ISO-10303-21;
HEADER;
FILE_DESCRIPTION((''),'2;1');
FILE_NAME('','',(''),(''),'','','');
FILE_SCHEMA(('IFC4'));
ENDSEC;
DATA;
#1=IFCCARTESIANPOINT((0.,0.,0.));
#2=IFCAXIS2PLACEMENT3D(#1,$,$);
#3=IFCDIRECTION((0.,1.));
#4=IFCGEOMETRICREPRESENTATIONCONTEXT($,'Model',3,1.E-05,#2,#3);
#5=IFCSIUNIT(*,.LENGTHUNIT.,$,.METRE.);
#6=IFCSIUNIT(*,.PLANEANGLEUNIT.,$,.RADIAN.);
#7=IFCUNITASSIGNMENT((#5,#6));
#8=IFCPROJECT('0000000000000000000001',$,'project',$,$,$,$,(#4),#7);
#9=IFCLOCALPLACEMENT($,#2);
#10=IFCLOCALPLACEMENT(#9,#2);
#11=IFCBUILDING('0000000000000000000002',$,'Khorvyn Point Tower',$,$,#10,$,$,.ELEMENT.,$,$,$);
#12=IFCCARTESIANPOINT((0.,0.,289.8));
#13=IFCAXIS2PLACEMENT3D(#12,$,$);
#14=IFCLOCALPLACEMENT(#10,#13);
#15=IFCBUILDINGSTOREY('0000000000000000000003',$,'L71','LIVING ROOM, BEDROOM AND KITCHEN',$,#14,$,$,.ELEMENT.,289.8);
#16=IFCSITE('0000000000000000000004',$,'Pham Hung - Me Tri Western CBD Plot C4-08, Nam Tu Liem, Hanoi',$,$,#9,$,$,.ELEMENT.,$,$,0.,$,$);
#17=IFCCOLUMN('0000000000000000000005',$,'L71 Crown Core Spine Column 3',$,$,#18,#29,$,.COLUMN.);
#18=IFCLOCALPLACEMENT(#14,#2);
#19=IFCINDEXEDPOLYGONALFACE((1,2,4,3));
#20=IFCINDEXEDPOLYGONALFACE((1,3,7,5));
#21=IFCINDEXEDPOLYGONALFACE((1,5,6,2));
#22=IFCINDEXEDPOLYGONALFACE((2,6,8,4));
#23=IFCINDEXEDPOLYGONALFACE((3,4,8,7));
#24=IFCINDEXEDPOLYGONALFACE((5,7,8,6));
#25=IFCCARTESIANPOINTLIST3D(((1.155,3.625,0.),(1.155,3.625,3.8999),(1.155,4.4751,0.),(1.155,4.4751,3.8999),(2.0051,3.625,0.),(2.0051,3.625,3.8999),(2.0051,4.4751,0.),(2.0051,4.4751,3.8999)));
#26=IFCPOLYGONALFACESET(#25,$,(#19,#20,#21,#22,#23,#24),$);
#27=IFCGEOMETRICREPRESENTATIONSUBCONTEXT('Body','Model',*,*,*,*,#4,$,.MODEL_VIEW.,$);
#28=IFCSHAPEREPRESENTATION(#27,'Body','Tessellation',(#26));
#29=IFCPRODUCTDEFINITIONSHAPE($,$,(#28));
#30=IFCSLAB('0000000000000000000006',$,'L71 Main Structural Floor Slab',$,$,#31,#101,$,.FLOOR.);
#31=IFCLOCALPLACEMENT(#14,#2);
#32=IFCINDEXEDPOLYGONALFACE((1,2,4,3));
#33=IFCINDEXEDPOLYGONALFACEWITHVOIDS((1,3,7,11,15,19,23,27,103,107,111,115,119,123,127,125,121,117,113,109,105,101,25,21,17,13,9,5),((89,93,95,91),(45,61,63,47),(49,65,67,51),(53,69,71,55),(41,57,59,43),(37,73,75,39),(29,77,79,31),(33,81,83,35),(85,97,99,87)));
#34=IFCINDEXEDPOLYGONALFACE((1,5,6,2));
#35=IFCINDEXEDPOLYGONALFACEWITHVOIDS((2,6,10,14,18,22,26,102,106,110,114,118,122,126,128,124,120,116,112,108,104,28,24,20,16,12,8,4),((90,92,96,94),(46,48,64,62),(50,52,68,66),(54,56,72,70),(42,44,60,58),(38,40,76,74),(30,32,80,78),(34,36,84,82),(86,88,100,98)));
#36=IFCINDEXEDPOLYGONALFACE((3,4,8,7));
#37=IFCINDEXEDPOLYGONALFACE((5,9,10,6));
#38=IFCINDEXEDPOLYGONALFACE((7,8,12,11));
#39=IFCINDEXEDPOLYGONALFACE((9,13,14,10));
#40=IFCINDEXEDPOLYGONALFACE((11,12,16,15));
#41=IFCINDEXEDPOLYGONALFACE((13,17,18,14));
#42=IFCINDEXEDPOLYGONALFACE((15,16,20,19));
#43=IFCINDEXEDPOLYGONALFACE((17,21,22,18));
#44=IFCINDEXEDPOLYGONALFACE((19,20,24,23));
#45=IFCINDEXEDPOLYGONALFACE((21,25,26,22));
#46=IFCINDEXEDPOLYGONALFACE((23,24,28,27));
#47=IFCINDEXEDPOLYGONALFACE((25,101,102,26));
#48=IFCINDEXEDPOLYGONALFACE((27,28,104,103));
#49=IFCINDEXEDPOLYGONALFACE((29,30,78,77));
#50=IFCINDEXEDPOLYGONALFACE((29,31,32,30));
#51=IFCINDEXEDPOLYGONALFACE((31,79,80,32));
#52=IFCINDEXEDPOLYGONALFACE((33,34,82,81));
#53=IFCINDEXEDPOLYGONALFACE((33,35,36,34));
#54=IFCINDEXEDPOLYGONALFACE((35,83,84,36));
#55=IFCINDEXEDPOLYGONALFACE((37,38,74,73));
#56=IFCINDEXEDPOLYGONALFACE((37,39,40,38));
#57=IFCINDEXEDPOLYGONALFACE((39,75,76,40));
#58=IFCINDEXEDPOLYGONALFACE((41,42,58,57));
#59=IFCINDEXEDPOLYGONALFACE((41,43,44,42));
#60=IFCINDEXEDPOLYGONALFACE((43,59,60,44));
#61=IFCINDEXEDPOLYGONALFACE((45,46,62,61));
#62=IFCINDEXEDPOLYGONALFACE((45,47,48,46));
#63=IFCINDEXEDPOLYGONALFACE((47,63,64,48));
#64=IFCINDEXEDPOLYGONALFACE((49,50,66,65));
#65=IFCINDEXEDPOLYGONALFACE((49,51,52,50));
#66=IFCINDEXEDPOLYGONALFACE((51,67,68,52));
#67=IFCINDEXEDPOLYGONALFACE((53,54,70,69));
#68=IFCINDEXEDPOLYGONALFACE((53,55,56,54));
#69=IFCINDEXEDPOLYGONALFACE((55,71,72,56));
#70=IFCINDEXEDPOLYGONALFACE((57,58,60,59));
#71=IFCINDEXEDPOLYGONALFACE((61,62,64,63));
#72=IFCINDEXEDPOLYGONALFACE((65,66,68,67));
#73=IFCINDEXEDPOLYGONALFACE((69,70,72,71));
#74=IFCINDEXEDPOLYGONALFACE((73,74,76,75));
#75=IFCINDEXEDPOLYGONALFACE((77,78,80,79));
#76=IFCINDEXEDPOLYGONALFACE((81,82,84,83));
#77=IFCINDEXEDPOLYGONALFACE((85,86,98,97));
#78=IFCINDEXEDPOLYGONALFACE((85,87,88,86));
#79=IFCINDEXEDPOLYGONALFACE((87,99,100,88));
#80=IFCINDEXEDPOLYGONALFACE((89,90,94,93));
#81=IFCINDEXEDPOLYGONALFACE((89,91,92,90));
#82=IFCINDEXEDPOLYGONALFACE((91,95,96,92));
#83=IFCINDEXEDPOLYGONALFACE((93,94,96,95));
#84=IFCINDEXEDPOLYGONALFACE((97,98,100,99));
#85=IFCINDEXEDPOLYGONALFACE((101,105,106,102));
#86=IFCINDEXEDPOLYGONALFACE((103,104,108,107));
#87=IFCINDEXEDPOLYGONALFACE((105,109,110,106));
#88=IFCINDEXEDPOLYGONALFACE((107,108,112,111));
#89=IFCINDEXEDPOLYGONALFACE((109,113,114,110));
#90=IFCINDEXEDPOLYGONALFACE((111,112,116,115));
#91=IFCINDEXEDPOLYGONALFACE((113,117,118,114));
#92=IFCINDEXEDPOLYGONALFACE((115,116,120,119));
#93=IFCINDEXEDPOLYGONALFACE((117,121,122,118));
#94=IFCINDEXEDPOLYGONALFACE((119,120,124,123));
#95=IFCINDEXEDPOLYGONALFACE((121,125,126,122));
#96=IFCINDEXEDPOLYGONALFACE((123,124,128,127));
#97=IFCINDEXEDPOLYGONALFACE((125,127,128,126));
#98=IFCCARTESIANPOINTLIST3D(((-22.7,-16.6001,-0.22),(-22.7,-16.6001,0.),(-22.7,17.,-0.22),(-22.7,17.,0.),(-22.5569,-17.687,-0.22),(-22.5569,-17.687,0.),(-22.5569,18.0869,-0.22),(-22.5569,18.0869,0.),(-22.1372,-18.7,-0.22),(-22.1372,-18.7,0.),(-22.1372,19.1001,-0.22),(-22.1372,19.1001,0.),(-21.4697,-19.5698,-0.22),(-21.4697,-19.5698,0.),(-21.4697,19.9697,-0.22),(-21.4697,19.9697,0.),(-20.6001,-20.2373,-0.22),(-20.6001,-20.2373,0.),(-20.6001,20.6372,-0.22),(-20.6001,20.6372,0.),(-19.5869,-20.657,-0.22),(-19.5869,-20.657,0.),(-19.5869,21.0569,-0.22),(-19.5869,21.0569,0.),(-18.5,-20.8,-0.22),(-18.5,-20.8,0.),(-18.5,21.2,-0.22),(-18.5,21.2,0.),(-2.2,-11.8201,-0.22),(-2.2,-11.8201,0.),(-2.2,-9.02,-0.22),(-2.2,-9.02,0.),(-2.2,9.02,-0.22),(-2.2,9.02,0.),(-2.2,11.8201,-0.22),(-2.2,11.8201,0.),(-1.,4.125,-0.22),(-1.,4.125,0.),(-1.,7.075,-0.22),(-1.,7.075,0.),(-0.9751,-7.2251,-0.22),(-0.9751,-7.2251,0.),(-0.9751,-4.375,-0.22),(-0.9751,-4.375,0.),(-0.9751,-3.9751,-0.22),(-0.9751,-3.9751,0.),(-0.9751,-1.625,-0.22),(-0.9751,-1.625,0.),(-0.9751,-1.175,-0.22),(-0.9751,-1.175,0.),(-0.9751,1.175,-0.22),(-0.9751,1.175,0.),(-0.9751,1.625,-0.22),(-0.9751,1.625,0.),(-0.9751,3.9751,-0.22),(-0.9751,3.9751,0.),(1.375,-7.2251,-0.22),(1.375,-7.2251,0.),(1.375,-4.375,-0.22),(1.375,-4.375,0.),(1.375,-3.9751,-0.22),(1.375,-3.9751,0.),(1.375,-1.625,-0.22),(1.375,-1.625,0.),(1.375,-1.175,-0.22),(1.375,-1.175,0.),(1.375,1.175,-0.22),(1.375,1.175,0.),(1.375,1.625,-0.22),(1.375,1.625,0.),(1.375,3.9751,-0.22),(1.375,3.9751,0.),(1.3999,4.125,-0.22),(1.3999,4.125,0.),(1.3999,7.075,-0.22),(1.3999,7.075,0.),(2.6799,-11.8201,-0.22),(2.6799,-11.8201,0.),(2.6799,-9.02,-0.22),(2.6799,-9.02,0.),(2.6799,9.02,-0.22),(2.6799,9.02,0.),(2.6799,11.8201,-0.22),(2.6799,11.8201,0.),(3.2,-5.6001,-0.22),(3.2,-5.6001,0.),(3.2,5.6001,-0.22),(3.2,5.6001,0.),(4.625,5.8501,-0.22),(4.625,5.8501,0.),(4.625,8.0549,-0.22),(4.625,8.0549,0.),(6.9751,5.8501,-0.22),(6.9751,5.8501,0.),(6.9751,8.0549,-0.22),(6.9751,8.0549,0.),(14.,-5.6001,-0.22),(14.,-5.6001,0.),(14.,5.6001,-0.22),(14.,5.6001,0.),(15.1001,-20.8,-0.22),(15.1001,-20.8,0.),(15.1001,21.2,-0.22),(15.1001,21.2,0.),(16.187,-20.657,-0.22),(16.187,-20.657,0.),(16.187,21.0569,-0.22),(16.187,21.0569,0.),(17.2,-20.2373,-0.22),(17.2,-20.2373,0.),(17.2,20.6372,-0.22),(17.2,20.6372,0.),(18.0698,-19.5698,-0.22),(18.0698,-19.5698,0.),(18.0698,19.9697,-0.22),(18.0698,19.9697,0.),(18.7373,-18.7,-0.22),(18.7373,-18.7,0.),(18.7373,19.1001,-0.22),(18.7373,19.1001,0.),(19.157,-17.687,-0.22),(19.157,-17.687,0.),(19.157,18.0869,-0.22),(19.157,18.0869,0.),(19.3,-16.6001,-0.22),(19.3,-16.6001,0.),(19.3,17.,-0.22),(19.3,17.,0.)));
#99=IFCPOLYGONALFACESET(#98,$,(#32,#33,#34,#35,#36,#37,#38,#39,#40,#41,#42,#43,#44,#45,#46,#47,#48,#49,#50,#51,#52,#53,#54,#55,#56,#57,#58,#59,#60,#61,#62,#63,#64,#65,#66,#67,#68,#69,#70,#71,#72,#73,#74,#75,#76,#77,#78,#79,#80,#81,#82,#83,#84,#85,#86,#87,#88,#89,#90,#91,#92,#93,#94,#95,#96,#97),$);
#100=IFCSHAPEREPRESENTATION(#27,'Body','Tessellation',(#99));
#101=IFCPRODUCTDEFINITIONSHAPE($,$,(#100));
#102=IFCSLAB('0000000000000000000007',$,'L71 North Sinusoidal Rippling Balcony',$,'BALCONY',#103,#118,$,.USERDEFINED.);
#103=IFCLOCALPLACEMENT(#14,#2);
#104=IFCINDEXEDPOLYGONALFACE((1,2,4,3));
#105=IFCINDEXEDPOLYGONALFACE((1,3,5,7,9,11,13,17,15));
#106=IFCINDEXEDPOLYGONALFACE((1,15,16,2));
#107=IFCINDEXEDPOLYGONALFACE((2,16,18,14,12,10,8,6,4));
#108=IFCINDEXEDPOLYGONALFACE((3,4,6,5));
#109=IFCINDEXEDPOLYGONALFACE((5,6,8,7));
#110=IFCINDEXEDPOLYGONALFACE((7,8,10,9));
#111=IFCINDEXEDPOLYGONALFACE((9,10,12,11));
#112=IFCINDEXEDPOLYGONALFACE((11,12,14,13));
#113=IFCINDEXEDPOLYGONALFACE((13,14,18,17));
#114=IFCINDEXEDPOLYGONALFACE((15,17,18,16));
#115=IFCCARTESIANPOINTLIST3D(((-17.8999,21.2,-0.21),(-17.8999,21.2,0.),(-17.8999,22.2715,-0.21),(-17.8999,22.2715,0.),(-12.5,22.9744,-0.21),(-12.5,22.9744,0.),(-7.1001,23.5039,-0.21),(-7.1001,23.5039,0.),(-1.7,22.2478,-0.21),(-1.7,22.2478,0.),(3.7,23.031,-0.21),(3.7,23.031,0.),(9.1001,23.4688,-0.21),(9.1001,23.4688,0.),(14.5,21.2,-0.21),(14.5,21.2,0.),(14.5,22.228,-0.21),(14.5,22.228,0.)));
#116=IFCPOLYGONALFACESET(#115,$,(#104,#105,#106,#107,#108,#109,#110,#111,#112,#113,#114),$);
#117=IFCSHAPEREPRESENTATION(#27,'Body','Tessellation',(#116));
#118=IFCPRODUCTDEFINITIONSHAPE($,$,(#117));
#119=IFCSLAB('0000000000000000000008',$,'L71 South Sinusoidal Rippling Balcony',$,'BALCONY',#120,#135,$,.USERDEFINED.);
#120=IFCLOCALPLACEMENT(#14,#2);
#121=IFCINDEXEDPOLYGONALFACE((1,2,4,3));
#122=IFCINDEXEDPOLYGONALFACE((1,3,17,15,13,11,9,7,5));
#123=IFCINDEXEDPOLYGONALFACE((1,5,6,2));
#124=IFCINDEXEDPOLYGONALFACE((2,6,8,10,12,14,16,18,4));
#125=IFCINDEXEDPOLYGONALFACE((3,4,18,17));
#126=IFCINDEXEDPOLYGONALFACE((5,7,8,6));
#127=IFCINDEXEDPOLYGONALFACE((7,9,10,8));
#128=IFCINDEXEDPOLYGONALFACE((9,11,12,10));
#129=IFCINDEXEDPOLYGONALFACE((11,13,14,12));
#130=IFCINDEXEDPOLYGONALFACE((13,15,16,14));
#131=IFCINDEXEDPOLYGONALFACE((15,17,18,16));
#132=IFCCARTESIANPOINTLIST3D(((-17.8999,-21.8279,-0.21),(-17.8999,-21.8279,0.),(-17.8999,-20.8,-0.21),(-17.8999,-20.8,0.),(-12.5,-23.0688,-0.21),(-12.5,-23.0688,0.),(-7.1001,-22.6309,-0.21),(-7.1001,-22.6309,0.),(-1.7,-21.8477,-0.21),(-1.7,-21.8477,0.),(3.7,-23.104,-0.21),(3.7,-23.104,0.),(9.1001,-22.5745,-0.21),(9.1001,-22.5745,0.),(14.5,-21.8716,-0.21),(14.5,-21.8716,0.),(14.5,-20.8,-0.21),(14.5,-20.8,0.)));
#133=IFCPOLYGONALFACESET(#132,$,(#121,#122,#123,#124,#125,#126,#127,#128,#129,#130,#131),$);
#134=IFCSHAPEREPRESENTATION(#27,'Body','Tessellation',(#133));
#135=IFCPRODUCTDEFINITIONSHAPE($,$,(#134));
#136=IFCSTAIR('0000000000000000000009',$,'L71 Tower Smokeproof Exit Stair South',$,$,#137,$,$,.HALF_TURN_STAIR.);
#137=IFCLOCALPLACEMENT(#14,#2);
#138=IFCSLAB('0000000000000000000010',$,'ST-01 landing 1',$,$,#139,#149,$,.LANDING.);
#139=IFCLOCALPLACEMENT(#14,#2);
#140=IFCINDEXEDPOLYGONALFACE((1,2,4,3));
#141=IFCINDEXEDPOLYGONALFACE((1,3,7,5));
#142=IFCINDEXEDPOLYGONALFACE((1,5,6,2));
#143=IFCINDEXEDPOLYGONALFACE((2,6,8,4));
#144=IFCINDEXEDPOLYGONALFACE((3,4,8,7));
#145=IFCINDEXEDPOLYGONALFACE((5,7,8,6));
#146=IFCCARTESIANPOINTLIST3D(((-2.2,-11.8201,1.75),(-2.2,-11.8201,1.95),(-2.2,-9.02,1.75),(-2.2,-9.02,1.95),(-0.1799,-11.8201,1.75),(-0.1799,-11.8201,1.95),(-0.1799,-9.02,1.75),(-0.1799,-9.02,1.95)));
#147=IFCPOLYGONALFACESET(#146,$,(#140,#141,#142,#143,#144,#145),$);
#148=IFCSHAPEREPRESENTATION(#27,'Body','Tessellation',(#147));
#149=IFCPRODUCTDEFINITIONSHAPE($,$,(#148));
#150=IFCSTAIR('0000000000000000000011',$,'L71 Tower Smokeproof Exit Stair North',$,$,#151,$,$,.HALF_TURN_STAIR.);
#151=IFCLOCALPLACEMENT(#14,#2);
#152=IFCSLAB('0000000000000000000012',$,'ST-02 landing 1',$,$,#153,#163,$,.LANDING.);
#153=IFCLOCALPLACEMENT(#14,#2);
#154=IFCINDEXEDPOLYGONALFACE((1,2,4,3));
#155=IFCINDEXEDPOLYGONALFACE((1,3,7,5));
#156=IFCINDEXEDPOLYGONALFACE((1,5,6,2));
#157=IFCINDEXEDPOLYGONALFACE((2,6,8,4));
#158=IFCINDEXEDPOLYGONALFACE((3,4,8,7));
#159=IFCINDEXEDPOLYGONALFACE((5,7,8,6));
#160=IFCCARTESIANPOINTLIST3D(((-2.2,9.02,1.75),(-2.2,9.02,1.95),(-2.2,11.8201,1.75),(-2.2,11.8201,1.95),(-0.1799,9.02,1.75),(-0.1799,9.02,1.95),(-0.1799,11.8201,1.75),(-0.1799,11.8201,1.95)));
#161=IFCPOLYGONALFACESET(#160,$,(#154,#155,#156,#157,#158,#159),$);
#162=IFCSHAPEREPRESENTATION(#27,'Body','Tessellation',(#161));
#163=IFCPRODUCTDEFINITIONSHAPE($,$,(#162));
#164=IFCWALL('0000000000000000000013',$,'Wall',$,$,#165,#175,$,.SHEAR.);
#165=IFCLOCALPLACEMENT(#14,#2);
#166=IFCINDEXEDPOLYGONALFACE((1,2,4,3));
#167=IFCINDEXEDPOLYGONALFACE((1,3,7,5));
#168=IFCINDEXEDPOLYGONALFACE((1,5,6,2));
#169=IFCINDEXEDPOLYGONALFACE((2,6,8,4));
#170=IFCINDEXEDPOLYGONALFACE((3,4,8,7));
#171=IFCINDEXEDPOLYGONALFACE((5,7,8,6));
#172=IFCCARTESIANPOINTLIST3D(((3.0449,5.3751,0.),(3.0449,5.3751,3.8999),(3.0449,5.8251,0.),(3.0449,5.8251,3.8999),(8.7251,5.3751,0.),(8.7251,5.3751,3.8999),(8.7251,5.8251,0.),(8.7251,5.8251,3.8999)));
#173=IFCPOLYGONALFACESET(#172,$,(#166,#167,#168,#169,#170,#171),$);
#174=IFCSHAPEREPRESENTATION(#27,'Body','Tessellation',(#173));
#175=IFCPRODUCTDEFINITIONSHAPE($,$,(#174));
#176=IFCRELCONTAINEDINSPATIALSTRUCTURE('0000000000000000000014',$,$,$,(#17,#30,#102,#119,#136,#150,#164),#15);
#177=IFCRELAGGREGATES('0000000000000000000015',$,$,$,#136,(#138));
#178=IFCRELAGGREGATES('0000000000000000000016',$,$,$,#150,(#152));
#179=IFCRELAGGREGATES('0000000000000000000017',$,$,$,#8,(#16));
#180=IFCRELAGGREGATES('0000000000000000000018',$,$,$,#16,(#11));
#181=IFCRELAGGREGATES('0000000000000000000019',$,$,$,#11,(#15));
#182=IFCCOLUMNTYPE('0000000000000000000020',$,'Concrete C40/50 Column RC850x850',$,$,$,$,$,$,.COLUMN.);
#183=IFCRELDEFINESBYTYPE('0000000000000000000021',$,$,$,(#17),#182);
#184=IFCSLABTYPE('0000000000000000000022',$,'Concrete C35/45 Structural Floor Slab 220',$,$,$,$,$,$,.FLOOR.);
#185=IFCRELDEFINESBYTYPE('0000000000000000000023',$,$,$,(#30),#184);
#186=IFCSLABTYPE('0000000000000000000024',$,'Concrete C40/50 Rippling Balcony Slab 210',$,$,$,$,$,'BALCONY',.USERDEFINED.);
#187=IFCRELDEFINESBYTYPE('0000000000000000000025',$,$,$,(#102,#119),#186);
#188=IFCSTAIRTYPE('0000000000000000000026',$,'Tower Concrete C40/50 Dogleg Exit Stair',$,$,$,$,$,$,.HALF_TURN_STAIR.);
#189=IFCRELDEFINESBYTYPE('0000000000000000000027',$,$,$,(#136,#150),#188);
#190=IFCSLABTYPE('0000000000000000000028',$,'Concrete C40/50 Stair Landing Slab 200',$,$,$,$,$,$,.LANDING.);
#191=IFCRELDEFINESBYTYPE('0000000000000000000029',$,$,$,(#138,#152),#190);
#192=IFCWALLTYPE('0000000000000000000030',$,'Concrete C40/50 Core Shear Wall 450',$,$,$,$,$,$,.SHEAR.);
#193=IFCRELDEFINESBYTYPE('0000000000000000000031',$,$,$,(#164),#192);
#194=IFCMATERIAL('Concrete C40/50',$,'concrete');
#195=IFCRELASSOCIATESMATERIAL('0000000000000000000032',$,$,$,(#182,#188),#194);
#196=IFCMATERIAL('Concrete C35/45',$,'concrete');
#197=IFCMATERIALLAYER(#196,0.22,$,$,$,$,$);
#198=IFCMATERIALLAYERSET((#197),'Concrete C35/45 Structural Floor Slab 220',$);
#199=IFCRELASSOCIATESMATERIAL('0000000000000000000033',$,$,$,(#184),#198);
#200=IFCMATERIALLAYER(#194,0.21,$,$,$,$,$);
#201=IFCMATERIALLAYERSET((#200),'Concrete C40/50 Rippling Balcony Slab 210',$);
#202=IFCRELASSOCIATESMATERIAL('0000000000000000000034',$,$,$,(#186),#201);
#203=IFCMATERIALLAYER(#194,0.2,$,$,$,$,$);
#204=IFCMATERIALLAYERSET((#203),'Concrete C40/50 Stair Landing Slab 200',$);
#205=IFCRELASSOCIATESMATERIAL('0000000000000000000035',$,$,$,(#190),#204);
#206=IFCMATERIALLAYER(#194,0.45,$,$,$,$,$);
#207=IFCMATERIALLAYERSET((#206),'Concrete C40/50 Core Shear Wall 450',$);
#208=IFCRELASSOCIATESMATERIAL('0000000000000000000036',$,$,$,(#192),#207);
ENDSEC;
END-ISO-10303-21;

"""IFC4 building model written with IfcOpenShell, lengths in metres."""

from ifc_helpers import new_model, si_unit, direction, frame, frame_2d, origin, origin_2d, place, context, subcontext, project, spatial, polyline, rectangle, outline, extrude, material, layer, layer_set, material_profile, profile_set, type_object, element, aggregate, save


model = new_model("IFC4")

# Units and contexts
model_context = context("Model", 3, precision=1e-05, world=origin(), true_north=direction((0.0, 1.0)))
body_context = subcontext(model_context, "Body", "Model", "MODEL_VIEW")
ifc_project = project(units=[si_unit("LENGTHUNIT", "METRE"), si_unit("PLANEANGLEUNIT", "RADIAN")], contexts=[model_context])

# Site, building, storey
site_placement = place(None, origin())
site = spatial("IfcSite", under=ifc_project, at=site_placement, Name="Pham Hung - Me Tri Western CBD Plot C4-08, Nam Tu Liem, Hanoi", CompositionType="ELEMENT", RefElevation=0.0)
building_placement = place(site_placement, origin())
building = spatial("IfcBuilding", under=site, at=building_placement, Name="Khorvyn Point Tower", CompositionType="ELEMENT")
storey_placement = place(building_placement, frame((0.0, 0.0, 289.8)))
storey = spatial("IfcBuildingStorey", under=building, at=storey_placement, Name="L71", Description="LIVING ROOM, BEDROOM AND KITCHEN", CompositionType="ELEMENT", Elevation=289.8)

# Column
ifc_material_1 = material(Name="Concrete C40/50", Category="concrete")
ifc_material_profile = material_profile(ifc_material_1, rectangle(XDim=0.8501, YDim=0.8501, at=origin_2d()))
ifc_profile_set = profile_set([ifc_material_profile], Name="Concrete C40/50 RC850x850")
column_type = type_object("IfcColumnType", Name="Concrete C40/50 Column RC850x850", PredefinedType="COLUMN", material=ifc_profile_set)
column_placement = place(storey_placement, frame((1.5801, 4.05, 0.0), z_axis=(0.0, 0.0, 1.0), x_axis=(1.0, 0.0, 0.0)))
element("IfcColumn", 1, at=column_placement, inside=storey, type_object=column_type, Name="L71 Crown Core Spine Column 3", PredefinedType="COLUMN", context=body_context, shape_type="SweptSolid", body=[
    extrude(rectangle(XDim=0.8501, YDim=0.8501, at=origin_2d()), origin(), (0.0, 0.0, 1.0), 3.8999),
])

# Slabs
ifc_material_2 = material(Name="Concrete C35/45", Category="concrete")
ifc_layer_1 = layer(ifc_material_2, 0.22)
ifc_layer_set_1 = layer_set([ifc_layer_1], Name="Concrete C35/45 Structural Floor Slab 220")
slab_type_1 = type_object("IfcSlabType", Name="Concrete C35/45 Structural Floor Slab 220", PredefinedType="FLOOR", material=ifc_layer_set_1)
slab_1_placement = place(storey_placement, frame((0.0, 0.0, -0.22)))
element("IfcSlab", 2, at=slab_1_placement, inside=storey, type_object=slab_type_1, Name="L71 Main Structural Floor Slab", PredefinedType="FLOOR", context=body_context, shape_type="SweptSolid", body=[
    extrude(outline(polyline([(-18.5, -20.8), (-19.5869, -20.657), (-20.6001, -20.2373), (-21.4697, -19.5698), (-22.1372, -18.7), (-22.5569, -17.687), (-22.7, -16.6001), (-22.7, 17.0), (-22.5569, 18.0869), (-22.1372, 19.1001), (-21.4697, 19.9697), (-20.6001, 20.6372), (-19.5869, 21.0569), (-18.5, 21.2), (15.1001, 21.2), (16.187, 21.0569), (17.2, 20.6372), (18.0698, 19.9697), (18.7373, 19.1001), (19.157, 18.0869), (19.3, 17.0), (19.3, -16.6001), (19.157, -17.687), (18.7373, -18.7), (18.0698, -19.5698), (17.2, -20.2373), (16.187, -20.657), (15.1001, -20.8), (-18.5, -20.8)]), holes=[polyline([(2.6799, -11.8201), (2.6799, -9.02), (-2.2, -9.02), (-2.2, -11.8201), (2.6799, -11.8201)]), polyline([(1.375, -7.2251), (1.375, -4.375), (-0.9751, -4.375), (-0.9751, -7.2251), (1.375, -7.2251)]), polyline([(1.375, -3.9751), (1.375, -1.625), (-0.9751, -1.625), (-0.9751, -3.9751), (1.375, -3.9751)]), polyline([(1.375, -1.175), (1.375, 1.175), (-0.9751, 1.175), (-0.9751, -1.175), (1.375, -1.175)]), polyline([(14.0, -5.6001), (14.0, 5.6001), (3.2, 5.6001), (3.2, -5.6001), (14.0, -5.6001)]), polyline([(1.375, 1.625), (1.375, 3.9751), (-0.9751, 3.9751), (-0.9751, 1.625), (1.375, 1.625)]), polyline([(1.3999, 4.125), (1.3999, 7.075), (-1.0, 7.075), (-1.0, 4.125), (1.3999, 4.125)]), polyline([(4.625, 5.8501), (6.9751, 5.8501), (6.9751, 8.0549), (4.625, 8.0549), (4.625, 5.8501)]), polyline([(-2.2, 9.02), (2.6799, 9.02), (2.6799, 11.8201), (-2.2, 11.8201), (-2.2, 9.02)])]), origin(), (0.0, 0.0, 1.0), 0.22),
])
ifc_layer_2 = layer(ifc_material_1, 0.21)
ifc_layer_set_2 = layer_set([ifc_layer_2], Name="Concrete C40/50 Rippling Balcony Slab 210")
slab_type_2 = type_object("IfcSlabType", Name="Concrete C40/50 Rippling Balcony Slab 210", ElementType="BALCONY", PredefinedType="USERDEFINED", material=ifc_layer_set_2)
slab_2_placement = place(storey_placement, frame((0.0, 0.0, -0.21)))
element("IfcSlab", 3, at=slab_2_placement, inside=storey, type_object=slab_type_2, Name="L71 North Sinusoidal Rippling Balcony", ObjectType="BALCONY", PredefinedType="USERDEFINED", context=body_context, shape_type="SweptSolid", body=[
    extrude(outline(polyline([(14.5, 21.2), (14.5, 22.228), (9.1001, 23.4688), (3.7, 23.031), (-1.7, 22.2478), (-7.1001, 23.5039), (-12.5, 22.9744), (-17.8999, 22.2715), (-17.8999, 21.2), (14.5, 21.2)])), origin(), (0.0, 0.0, 1.0), 0.21),
])
slab_3_placement = place(storey_placement, frame((0.0, 0.0, -0.21)))
element("IfcSlab", 4, at=slab_3_placement, inside=storey, type_object=slab_type_2, Name="L71 South Sinusoidal Rippling Balcony", ObjectType="BALCONY", PredefinedType="USERDEFINED", context=body_context, shape_type="SweptSolid", body=[
    extrude(outline(polyline([(-17.8999, -20.8), (-17.8999, -21.8279), (-12.5, -23.0688), (-7.1001, -22.6309), (-1.7, -21.8477), (3.7, -23.104), (9.1001, -22.5745), (14.5, -21.8716), (14.5, -20.8), (-17.8999, -20.8)])), origin(), (0.0, 0.0, 1.0), 0.21),
])

# Stairs, slabs
stair_type = type_object("IfcStairType", Name="Tower Concrete C40/50 Dogleg Exit Stair", PredefinedType="HALF_TURN_STAIR", material=ifc_material_1)
stair_1_placement = place(storey_placement, origin())
stair_1 = element("IfcStair", 5, at=stair_1_placement, inside=storey, type_object=stair_type, Name="L71 Tower Smokeproof Exit Stair South", PredefinedType="HALF_TURN_STAIR")
ifc_layer_3 = layer(ifc_material_1, 0.2)
ifc_layer_set_3 = layer_set([ifc_layer_3], Name="Concrete C40/50 Stair Landing Slab 200")
slab_type_3 = type_object("IfcSlabType", Name="Concrete C40/50 Stair Landing Slab 200", PredefinedType="LANDING", material=ifc_layer_set_3)
slab_4_placement = place(storey_placement, frame((0.0, 0.0, 1.75)))
slab_4 = element("IfcSlab", 6, at=slab_4_placement, type_object=slab_type_3, Name="ST-01 landing 1", PredefinedType="LANDING", context=body_context, shape_type="SweptSolid", body=[
    extrude(outline(polyline([(-0.1799, -9.02), (-2.2, -9.02), (-2.2, -11.8201), (-0.1799, -11.8201), (-0.1799, -9.02)])), origin(), (0.0, 0.0, 1.0), 0.2),
])
aggregate(stair_1, [slab_4])
stair_2_placement = place(storey_placement, origin())
stair_2 = element("IfcStair", 7, at=stair_2_placement, inside=storey, type_object=stair_type, Name="L71 Tower Smokeproof Exit Stair North", PredefinedType="HALF_TURN_STAIR")
slab_5_placement = place(storey_placement, frame((0.0, 0.0, 1.75)))
slab_5 = element("IfcSlab", 8, at=slab_5_placement, type_object=slab_type_3, Name="ST-02 landing 1", PredefinedType="LANDING", context=body_context, shape_type="SweptSolid", body=[
    extrude(outline(polyline([(-0.1799, 11.8201), (-2.2, 11.8201), (-2.2, 9.02), (-0.1799, 9.02), (-0.1799, 11.8201)])), origin(), (0.0, 0.0, 1.0), 0.2),
])

# Wall
ifc_layer_4 = layer(ifc_material_1, 0.45)
ifc_layer_set_4 = layer_set([ifc_layer_4], Name="Concrete C40/50 Core Shear Wall 450")
wall_type_1 = type_object("IfcWallType", Name="Concrete C40/50 Core Shear Wall 450", PredefinedType="SHEAR", material=ifc_layer_set_4)
wall_1_placement = place(storey_placement, frame((3.0449, 5.6001, 0.0), z_axis=(0.0, 0.0, 1.0), x_axis=(1.0, 0.0, 0.0)))
element("IfcWall", 9, at=wall_1_placement, inside=storey, type_object=wall_type_1, Name="Wall", PredefinedType="SHEAR", context=body_context, shape_type="SweptSolid", body=[
    extrude(rectangle(XDim=5.6802, YDim=0.45, at=frame_2d((2.8401, 0.0))), origin(), (0.0, 0.0, 1.0), 3.8999),
])

aggregate(stair_2, [slab_5])

save(model, "model.ifc")
